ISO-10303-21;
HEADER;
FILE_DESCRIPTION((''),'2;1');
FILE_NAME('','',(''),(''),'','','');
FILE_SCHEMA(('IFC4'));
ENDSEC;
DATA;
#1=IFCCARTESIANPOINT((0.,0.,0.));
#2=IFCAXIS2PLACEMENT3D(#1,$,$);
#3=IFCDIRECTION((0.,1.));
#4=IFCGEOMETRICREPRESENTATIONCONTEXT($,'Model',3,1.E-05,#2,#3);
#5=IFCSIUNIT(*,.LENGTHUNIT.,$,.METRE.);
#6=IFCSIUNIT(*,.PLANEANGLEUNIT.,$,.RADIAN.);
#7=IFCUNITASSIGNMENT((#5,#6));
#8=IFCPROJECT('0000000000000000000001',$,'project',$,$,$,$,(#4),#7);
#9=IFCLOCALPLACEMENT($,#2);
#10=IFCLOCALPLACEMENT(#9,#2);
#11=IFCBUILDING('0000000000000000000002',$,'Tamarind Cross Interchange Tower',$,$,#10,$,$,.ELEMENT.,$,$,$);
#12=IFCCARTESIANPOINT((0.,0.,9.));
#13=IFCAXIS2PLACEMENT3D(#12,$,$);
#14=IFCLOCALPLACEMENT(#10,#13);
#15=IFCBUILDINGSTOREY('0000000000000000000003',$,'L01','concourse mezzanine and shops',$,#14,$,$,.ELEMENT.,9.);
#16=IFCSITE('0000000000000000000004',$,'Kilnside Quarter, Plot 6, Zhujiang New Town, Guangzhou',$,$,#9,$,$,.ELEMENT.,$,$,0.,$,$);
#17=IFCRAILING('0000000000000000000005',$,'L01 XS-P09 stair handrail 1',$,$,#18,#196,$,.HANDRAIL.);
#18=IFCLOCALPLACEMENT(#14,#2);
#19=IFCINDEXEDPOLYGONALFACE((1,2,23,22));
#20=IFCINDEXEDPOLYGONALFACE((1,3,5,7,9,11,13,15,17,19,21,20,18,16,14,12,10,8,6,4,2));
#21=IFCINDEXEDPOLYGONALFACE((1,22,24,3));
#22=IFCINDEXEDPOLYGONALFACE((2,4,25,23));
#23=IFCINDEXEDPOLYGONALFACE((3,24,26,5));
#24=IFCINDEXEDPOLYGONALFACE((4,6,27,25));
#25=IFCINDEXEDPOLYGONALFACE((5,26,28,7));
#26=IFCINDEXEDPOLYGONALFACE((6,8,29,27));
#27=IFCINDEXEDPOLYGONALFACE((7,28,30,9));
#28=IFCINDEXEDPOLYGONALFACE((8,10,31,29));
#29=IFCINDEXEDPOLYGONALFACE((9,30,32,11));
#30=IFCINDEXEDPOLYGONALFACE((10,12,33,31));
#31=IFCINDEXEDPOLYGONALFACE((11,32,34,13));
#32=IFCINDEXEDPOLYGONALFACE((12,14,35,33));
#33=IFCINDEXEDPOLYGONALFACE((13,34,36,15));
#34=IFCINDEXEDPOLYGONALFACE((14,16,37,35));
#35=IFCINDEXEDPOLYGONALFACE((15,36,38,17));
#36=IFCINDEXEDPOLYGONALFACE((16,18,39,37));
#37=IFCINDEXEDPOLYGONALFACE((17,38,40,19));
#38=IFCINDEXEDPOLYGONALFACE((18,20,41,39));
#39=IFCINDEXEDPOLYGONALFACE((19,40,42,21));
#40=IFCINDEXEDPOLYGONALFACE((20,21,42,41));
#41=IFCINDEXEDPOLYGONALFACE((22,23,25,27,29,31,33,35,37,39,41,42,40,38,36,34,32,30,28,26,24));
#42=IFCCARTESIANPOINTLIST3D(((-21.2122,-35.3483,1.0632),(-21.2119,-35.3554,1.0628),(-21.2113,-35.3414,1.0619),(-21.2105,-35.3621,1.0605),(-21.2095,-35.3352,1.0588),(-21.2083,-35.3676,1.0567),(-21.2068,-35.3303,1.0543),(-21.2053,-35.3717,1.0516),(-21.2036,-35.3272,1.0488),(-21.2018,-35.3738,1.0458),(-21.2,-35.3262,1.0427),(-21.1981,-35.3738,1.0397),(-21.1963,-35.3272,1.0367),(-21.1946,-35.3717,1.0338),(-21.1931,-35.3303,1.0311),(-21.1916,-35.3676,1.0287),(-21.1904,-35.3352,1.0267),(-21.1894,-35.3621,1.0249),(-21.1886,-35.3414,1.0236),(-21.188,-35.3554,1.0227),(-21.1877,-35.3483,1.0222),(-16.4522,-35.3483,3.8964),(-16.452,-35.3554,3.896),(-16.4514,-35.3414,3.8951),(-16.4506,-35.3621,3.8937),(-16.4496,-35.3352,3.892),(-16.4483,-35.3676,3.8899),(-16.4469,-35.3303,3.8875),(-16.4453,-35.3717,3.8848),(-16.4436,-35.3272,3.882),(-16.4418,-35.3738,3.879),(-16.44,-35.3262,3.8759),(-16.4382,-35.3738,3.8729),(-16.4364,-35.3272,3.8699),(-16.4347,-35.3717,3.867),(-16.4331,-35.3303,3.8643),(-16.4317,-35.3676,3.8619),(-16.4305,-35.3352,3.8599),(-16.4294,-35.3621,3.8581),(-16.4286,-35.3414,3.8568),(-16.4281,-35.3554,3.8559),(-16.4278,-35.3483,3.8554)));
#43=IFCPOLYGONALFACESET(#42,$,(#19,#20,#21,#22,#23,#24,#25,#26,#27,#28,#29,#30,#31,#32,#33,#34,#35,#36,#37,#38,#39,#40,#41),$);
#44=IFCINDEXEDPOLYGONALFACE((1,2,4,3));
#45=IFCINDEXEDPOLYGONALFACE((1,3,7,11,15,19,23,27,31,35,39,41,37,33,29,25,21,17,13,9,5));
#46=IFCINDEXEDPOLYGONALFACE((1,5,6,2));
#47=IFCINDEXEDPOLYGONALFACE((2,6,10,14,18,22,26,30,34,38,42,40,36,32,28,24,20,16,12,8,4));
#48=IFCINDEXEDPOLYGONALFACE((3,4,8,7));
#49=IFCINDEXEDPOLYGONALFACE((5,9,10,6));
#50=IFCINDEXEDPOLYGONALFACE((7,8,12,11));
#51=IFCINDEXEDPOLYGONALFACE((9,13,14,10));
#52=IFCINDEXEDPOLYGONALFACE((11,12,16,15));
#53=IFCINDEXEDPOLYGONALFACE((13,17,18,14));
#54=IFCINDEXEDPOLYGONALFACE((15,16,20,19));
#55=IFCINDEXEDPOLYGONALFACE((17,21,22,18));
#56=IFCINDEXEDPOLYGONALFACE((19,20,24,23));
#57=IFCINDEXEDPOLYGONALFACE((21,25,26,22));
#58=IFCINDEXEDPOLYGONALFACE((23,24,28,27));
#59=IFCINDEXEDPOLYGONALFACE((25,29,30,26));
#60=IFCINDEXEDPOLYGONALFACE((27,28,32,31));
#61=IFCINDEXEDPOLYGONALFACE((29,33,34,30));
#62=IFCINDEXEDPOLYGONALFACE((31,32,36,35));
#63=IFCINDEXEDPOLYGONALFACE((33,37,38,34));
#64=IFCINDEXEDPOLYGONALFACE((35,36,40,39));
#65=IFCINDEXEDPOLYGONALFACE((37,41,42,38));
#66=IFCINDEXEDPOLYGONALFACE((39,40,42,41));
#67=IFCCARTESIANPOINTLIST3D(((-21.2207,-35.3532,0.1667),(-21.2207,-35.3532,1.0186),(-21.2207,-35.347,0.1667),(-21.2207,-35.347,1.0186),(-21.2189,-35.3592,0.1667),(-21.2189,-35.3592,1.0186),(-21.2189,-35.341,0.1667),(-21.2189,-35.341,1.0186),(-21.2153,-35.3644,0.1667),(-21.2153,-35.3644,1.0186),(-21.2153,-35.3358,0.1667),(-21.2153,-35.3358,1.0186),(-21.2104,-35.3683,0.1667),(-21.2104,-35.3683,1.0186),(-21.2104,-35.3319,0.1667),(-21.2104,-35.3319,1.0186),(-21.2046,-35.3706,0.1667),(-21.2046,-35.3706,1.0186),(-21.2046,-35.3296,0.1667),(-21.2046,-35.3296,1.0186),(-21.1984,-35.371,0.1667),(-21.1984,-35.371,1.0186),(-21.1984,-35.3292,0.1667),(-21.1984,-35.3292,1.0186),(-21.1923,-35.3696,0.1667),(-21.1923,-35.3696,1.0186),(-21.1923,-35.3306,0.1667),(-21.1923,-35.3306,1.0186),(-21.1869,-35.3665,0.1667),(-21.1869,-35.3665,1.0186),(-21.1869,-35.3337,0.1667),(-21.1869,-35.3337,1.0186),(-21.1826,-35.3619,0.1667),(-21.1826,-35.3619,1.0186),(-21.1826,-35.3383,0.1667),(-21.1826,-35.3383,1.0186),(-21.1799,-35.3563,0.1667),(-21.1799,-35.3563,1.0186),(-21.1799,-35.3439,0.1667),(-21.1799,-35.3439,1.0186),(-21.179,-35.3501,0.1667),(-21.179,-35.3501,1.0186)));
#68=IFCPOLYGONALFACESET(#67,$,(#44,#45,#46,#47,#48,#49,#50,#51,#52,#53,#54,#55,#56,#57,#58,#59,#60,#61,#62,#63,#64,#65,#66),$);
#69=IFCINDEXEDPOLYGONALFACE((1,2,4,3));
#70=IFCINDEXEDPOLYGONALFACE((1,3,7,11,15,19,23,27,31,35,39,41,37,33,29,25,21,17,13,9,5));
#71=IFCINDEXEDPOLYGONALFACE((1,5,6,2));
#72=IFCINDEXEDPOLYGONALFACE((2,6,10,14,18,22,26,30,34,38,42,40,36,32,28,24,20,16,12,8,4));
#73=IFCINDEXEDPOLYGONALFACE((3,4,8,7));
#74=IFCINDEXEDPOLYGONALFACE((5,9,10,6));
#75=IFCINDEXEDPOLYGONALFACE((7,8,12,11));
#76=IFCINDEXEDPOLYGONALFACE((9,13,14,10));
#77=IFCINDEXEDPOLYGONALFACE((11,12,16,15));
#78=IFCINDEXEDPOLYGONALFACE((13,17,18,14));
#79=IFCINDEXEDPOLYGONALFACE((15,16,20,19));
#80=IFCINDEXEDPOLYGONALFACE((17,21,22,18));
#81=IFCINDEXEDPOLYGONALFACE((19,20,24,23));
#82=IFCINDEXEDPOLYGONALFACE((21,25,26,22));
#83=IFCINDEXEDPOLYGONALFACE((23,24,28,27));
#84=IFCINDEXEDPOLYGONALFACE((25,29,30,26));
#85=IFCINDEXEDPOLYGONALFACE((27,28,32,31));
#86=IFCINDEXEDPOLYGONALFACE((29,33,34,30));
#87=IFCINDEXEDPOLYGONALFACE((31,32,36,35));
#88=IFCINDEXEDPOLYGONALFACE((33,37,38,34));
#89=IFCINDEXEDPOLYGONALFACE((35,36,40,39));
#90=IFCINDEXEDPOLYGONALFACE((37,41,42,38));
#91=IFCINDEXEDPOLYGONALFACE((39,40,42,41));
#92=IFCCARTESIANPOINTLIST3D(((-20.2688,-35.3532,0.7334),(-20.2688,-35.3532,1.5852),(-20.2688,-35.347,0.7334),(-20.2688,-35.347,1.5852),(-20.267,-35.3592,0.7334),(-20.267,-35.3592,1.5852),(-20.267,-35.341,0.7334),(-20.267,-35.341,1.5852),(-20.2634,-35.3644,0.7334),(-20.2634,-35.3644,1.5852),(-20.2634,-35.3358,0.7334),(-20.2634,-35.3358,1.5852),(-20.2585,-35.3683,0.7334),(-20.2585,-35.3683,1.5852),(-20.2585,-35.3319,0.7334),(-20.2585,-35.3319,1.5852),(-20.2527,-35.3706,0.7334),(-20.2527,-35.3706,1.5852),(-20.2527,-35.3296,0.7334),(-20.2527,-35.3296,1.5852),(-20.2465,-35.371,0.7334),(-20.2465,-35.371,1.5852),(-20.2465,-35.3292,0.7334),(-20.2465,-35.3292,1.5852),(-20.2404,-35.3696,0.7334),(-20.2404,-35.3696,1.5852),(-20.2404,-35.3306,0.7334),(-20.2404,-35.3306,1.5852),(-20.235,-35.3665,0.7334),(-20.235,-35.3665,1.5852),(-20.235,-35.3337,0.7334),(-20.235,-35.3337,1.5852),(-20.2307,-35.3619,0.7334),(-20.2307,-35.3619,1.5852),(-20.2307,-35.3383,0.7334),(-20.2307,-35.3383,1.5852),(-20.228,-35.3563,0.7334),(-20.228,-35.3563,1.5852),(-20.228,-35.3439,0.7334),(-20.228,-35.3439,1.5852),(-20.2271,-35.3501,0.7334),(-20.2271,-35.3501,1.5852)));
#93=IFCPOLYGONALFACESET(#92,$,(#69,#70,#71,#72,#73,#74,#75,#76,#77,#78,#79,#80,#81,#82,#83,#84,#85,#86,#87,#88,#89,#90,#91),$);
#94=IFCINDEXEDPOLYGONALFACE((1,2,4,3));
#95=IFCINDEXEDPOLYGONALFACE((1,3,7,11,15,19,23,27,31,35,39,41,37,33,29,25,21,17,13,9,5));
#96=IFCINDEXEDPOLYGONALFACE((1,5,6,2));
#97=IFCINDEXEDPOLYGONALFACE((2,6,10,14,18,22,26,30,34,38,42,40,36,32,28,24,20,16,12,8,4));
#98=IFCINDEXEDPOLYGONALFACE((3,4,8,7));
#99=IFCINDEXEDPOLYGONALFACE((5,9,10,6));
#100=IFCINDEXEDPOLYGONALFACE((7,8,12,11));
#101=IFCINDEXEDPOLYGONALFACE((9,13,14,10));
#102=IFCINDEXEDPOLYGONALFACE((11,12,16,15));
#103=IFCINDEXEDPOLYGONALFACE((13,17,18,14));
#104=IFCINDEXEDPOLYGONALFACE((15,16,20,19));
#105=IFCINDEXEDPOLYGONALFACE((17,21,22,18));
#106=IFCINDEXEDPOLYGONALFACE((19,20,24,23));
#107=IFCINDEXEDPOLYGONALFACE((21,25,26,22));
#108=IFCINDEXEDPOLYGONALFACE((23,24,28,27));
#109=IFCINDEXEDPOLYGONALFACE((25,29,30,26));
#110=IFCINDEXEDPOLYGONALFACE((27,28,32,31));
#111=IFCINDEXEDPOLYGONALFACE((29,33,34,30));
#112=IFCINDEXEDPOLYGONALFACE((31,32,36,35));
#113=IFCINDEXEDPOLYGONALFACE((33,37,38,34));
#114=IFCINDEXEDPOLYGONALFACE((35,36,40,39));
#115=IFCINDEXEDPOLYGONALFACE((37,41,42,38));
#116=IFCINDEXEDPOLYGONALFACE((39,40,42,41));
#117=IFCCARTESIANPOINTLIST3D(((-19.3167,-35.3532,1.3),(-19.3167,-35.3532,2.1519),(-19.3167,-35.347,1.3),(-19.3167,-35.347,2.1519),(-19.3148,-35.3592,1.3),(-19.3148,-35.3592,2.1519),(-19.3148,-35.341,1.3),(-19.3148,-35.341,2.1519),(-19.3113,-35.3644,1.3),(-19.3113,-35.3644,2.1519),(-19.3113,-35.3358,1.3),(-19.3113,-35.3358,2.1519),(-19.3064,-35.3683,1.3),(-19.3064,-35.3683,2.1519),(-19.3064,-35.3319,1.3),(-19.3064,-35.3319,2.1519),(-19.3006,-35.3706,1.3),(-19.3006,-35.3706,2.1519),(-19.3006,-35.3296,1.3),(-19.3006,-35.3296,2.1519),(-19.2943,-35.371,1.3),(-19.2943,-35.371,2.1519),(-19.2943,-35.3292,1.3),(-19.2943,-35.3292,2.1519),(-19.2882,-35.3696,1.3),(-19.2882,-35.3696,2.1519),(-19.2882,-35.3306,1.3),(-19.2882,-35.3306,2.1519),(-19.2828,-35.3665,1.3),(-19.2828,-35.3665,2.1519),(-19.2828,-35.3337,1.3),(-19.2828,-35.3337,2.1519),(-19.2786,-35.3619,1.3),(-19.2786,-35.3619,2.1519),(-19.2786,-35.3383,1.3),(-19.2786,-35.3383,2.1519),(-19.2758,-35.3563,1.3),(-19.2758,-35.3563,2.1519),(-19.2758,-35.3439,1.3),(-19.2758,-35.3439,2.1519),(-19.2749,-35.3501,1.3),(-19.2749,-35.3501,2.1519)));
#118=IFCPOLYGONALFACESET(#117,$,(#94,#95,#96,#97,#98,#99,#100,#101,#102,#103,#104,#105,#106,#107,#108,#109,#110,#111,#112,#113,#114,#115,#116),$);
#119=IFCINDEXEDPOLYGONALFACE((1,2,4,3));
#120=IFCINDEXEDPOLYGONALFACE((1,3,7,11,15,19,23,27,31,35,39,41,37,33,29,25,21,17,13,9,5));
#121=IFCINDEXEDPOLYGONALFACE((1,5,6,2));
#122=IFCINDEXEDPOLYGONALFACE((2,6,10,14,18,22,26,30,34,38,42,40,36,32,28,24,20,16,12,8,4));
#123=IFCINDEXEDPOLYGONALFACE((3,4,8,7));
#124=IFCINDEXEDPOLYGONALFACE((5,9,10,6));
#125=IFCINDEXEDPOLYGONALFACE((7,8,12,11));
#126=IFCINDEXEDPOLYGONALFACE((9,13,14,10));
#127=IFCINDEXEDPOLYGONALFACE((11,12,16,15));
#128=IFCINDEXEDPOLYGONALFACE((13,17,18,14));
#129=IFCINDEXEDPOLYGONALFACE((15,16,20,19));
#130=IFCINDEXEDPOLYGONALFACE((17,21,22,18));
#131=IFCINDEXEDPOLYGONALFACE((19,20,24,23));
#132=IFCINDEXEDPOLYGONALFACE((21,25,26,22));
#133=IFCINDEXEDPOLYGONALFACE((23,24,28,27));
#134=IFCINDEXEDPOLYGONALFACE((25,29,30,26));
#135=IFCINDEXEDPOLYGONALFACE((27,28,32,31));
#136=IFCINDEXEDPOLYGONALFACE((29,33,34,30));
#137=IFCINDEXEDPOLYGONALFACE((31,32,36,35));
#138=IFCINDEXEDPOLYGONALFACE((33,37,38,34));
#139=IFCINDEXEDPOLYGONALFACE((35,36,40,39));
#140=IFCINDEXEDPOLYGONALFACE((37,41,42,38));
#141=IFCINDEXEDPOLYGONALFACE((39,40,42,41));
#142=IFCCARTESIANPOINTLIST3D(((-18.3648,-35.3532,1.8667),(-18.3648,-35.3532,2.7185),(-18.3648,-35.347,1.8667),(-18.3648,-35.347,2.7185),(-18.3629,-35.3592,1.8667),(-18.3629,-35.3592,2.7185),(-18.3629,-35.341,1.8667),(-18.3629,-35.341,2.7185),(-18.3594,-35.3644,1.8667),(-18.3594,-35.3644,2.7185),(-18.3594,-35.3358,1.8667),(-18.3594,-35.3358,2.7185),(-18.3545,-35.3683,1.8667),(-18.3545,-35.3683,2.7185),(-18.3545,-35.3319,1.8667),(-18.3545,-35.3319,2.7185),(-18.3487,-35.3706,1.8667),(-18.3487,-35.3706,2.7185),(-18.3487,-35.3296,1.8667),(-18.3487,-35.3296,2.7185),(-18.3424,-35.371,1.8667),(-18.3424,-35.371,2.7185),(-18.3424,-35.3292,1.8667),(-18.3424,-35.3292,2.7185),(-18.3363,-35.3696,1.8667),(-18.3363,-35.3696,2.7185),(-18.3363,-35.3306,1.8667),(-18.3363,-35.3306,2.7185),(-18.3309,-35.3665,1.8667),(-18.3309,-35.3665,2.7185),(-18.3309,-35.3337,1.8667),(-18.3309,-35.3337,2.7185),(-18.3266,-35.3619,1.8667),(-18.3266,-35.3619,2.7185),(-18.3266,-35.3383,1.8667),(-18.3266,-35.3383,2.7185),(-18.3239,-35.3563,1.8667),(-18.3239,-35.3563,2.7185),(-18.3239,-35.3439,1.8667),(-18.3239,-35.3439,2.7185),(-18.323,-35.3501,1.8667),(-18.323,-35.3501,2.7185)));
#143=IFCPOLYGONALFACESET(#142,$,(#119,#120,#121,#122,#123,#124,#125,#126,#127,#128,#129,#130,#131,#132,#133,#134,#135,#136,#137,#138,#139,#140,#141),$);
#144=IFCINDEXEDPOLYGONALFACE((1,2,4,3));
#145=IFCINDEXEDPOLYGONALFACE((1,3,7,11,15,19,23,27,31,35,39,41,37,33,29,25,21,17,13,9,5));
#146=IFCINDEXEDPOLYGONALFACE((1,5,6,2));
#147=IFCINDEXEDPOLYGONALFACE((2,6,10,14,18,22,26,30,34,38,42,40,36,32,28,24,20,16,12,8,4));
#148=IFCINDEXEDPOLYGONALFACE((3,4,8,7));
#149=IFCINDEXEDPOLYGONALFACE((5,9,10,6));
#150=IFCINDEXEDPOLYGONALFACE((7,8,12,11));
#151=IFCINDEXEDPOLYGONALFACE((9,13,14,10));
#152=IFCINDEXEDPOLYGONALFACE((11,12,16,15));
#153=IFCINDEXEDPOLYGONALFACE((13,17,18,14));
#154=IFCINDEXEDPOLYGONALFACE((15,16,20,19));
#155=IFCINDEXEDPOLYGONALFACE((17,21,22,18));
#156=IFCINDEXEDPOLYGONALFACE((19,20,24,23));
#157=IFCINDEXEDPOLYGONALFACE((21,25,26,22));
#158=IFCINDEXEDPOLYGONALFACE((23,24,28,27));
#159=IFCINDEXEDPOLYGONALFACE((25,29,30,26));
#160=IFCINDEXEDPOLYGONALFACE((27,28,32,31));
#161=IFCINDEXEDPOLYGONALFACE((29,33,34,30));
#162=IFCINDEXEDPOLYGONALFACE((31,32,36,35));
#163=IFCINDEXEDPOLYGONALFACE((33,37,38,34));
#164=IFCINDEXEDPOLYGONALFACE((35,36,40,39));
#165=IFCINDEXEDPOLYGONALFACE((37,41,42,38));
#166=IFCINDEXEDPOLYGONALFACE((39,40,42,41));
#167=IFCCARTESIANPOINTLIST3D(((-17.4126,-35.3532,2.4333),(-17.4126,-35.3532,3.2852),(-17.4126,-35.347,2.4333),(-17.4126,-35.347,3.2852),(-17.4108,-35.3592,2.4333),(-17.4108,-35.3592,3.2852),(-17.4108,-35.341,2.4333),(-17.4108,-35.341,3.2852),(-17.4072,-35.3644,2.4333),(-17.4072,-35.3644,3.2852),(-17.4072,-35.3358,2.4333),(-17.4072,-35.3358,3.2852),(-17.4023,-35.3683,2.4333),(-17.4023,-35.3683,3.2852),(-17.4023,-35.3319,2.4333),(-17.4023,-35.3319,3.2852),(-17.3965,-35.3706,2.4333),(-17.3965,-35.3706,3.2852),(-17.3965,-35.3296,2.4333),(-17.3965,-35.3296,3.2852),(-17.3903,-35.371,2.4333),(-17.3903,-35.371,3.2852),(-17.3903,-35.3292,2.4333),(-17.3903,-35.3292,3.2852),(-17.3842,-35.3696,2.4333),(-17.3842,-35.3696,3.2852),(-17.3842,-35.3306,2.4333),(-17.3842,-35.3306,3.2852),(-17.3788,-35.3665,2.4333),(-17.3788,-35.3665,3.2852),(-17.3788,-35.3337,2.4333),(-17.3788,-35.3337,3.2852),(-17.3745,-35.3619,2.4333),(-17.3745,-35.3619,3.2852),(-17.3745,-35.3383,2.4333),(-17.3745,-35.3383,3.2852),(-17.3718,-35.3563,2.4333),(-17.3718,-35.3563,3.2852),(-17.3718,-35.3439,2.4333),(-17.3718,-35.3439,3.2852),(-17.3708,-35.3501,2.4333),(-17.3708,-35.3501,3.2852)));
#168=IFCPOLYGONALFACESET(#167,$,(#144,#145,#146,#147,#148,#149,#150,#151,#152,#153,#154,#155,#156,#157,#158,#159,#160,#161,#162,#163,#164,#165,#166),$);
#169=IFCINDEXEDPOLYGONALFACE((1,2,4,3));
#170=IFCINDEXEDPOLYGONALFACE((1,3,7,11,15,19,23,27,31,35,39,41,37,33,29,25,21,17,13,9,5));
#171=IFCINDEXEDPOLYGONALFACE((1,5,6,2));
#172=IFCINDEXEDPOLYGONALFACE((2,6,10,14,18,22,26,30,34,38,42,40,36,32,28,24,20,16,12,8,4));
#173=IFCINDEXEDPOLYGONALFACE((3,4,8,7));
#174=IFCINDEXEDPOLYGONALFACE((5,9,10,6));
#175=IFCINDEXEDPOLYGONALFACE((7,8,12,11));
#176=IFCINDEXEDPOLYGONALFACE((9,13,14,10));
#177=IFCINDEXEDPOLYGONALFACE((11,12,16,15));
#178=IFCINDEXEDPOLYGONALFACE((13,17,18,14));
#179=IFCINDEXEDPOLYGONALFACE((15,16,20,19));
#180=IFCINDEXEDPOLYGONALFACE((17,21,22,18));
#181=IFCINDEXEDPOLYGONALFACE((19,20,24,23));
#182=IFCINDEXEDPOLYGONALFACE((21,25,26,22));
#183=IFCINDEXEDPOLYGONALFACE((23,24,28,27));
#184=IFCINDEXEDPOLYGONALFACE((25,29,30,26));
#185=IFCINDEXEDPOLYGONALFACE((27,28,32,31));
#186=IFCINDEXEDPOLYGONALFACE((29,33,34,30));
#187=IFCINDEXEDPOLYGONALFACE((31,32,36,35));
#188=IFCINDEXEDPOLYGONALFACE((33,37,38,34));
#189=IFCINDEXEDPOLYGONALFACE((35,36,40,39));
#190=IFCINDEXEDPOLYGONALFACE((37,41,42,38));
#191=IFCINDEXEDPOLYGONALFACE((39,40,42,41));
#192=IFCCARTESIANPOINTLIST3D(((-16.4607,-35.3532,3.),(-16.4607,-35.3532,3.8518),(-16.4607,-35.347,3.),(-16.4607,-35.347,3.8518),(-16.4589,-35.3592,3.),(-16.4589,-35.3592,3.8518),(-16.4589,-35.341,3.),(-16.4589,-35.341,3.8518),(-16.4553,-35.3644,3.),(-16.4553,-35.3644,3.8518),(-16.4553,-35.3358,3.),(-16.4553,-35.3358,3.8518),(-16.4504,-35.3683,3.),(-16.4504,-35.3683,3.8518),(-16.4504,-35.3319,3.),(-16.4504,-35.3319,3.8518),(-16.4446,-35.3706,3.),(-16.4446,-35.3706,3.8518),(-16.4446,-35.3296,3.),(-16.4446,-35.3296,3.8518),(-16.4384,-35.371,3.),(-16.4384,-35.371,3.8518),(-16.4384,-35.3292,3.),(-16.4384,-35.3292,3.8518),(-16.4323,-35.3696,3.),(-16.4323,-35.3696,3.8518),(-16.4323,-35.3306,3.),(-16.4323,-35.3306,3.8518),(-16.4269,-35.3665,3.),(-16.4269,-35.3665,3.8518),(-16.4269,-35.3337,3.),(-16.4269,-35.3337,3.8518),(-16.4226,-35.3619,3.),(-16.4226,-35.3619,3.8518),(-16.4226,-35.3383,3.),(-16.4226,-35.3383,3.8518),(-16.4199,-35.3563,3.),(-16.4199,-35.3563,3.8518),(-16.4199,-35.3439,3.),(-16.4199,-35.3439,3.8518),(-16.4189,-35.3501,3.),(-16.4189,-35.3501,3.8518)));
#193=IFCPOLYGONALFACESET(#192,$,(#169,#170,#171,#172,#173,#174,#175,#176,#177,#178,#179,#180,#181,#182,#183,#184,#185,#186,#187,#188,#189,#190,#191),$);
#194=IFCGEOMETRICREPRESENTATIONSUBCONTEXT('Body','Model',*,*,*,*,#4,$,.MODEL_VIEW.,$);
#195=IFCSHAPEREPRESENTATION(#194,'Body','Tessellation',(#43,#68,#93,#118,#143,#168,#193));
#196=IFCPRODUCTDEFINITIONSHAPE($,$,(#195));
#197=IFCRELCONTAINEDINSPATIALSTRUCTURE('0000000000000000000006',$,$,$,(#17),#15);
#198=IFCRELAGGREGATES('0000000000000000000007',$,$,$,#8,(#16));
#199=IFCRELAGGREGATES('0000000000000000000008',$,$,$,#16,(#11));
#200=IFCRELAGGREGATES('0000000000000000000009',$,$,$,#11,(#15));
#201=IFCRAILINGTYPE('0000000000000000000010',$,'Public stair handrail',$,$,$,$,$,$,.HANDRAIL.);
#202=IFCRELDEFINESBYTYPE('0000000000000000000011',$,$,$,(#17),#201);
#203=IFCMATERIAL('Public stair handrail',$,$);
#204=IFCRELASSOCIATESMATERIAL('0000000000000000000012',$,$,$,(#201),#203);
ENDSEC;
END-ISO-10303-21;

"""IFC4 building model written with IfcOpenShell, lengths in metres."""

from ifc_helpers import new_model, si_unit, direction, frame, origin, origin_2d, place, context, subcontext, project, spatial, circle, extrude, material, type_object, element, save


model = new_model("IFC4")

# Units and contexts
model_context = context("Model", 3, precision=1e-05, world=origin(), true_north=direction((0.0, 1.0)))
body_context = subcontext(model_context, "Body", "Model", "MODEL_VIEW")
ifc_project = project(units=[si_unit("LENGTHUNIT", "METRE"), si_unit("PLANEANGLEUNIT", "RADIAN")], contexts=[model_context])

# Site, building, storey
site_placement = place(None, origin())
site = spatial("IfcSite", under=ifc_project, at=site_placement, Name="Kilnside Quarter, Plot 6, Zhujiang New Town, Guangzhou", CompositionType="ELEMENT", RefElevation=0.0)
building_placement = place(site_placement, origin())
building = spatial("IfcBuilding", under=site, at=building_placement, Name="Tamarind Cross Interchange Tower", CompositionType="ELEMENT")
storey_placement = place(building_placement, frame((0.0, 0.0, 9.0)))
storey = spatial("IfcBuildingStorey", under=building, at=storey_placement, Name="L01", Description="concourse mezzanine and shops", CompositionType="ELEMENT", Elevation=9.0)

# Railing
ifc_material_1 = material(Name="Public stair handrail")
railing_type_1 = type_object("IfcRailingType", Name="Public stair handrail", PredefinedType="HANDRAIL", material=ifc_material_1)
railing_1_placement = place(storey_placement, frame((-21.2, -35.3501, 0.1667)))
element("IfcRailing", 1, at=railing_1_placement, inside=storey, type_object=railing_type_1, Name="L01 XS-P09 stair handrail 1", PredefinedType="HANDRAIL", context=body_context, shape_type="SweptSolid", body=[
    extrude(circle(Radius=0.0239, at=origin_2d()), frame((0.0, 0.0, 0.876), z_axis=(0.8593, 0.0, 0.511472), x_axis=(0.0, 1.0, 0.0)), (0.0, 0.0, 1.0), 5.5393),
    extrude(circle(Radius=0.021, at=origin_2d()), origin(), (0.0, 0.0, 1.0), 0.8518),
    extrude(circle(Radius=0.021, at=origin_2d()), frame((0.9519, 0.0, 0.5667)), (0.0, 0.0, 1.0), 0.8518),
    extrude(circle(Radius=0.021, at=origin_2d()), frame((1.9041, 0.0, 1.1333)), (0.0, 0.0, 1.0), 0.8518),
    extrude(circle(Radius=0.021, at=origin_2d()), frame((2.856, 0.0, 1.7)), (0.0, 0.0, 1.0), 0.8518),
    extrude(circle(Radius=0.021, at=origin_2d()), frame((3.8081, 0.0, 2.2666)), (0.0, 0.0, 1.0), 0.8518),
    extrude(circle(Radius=0.021, at=origin_2d()), frame((4.76, 0.0, 2.8333)), (0.0, 0.0, 1.0), 0.8518),
])

save(model, "model.ifc")
